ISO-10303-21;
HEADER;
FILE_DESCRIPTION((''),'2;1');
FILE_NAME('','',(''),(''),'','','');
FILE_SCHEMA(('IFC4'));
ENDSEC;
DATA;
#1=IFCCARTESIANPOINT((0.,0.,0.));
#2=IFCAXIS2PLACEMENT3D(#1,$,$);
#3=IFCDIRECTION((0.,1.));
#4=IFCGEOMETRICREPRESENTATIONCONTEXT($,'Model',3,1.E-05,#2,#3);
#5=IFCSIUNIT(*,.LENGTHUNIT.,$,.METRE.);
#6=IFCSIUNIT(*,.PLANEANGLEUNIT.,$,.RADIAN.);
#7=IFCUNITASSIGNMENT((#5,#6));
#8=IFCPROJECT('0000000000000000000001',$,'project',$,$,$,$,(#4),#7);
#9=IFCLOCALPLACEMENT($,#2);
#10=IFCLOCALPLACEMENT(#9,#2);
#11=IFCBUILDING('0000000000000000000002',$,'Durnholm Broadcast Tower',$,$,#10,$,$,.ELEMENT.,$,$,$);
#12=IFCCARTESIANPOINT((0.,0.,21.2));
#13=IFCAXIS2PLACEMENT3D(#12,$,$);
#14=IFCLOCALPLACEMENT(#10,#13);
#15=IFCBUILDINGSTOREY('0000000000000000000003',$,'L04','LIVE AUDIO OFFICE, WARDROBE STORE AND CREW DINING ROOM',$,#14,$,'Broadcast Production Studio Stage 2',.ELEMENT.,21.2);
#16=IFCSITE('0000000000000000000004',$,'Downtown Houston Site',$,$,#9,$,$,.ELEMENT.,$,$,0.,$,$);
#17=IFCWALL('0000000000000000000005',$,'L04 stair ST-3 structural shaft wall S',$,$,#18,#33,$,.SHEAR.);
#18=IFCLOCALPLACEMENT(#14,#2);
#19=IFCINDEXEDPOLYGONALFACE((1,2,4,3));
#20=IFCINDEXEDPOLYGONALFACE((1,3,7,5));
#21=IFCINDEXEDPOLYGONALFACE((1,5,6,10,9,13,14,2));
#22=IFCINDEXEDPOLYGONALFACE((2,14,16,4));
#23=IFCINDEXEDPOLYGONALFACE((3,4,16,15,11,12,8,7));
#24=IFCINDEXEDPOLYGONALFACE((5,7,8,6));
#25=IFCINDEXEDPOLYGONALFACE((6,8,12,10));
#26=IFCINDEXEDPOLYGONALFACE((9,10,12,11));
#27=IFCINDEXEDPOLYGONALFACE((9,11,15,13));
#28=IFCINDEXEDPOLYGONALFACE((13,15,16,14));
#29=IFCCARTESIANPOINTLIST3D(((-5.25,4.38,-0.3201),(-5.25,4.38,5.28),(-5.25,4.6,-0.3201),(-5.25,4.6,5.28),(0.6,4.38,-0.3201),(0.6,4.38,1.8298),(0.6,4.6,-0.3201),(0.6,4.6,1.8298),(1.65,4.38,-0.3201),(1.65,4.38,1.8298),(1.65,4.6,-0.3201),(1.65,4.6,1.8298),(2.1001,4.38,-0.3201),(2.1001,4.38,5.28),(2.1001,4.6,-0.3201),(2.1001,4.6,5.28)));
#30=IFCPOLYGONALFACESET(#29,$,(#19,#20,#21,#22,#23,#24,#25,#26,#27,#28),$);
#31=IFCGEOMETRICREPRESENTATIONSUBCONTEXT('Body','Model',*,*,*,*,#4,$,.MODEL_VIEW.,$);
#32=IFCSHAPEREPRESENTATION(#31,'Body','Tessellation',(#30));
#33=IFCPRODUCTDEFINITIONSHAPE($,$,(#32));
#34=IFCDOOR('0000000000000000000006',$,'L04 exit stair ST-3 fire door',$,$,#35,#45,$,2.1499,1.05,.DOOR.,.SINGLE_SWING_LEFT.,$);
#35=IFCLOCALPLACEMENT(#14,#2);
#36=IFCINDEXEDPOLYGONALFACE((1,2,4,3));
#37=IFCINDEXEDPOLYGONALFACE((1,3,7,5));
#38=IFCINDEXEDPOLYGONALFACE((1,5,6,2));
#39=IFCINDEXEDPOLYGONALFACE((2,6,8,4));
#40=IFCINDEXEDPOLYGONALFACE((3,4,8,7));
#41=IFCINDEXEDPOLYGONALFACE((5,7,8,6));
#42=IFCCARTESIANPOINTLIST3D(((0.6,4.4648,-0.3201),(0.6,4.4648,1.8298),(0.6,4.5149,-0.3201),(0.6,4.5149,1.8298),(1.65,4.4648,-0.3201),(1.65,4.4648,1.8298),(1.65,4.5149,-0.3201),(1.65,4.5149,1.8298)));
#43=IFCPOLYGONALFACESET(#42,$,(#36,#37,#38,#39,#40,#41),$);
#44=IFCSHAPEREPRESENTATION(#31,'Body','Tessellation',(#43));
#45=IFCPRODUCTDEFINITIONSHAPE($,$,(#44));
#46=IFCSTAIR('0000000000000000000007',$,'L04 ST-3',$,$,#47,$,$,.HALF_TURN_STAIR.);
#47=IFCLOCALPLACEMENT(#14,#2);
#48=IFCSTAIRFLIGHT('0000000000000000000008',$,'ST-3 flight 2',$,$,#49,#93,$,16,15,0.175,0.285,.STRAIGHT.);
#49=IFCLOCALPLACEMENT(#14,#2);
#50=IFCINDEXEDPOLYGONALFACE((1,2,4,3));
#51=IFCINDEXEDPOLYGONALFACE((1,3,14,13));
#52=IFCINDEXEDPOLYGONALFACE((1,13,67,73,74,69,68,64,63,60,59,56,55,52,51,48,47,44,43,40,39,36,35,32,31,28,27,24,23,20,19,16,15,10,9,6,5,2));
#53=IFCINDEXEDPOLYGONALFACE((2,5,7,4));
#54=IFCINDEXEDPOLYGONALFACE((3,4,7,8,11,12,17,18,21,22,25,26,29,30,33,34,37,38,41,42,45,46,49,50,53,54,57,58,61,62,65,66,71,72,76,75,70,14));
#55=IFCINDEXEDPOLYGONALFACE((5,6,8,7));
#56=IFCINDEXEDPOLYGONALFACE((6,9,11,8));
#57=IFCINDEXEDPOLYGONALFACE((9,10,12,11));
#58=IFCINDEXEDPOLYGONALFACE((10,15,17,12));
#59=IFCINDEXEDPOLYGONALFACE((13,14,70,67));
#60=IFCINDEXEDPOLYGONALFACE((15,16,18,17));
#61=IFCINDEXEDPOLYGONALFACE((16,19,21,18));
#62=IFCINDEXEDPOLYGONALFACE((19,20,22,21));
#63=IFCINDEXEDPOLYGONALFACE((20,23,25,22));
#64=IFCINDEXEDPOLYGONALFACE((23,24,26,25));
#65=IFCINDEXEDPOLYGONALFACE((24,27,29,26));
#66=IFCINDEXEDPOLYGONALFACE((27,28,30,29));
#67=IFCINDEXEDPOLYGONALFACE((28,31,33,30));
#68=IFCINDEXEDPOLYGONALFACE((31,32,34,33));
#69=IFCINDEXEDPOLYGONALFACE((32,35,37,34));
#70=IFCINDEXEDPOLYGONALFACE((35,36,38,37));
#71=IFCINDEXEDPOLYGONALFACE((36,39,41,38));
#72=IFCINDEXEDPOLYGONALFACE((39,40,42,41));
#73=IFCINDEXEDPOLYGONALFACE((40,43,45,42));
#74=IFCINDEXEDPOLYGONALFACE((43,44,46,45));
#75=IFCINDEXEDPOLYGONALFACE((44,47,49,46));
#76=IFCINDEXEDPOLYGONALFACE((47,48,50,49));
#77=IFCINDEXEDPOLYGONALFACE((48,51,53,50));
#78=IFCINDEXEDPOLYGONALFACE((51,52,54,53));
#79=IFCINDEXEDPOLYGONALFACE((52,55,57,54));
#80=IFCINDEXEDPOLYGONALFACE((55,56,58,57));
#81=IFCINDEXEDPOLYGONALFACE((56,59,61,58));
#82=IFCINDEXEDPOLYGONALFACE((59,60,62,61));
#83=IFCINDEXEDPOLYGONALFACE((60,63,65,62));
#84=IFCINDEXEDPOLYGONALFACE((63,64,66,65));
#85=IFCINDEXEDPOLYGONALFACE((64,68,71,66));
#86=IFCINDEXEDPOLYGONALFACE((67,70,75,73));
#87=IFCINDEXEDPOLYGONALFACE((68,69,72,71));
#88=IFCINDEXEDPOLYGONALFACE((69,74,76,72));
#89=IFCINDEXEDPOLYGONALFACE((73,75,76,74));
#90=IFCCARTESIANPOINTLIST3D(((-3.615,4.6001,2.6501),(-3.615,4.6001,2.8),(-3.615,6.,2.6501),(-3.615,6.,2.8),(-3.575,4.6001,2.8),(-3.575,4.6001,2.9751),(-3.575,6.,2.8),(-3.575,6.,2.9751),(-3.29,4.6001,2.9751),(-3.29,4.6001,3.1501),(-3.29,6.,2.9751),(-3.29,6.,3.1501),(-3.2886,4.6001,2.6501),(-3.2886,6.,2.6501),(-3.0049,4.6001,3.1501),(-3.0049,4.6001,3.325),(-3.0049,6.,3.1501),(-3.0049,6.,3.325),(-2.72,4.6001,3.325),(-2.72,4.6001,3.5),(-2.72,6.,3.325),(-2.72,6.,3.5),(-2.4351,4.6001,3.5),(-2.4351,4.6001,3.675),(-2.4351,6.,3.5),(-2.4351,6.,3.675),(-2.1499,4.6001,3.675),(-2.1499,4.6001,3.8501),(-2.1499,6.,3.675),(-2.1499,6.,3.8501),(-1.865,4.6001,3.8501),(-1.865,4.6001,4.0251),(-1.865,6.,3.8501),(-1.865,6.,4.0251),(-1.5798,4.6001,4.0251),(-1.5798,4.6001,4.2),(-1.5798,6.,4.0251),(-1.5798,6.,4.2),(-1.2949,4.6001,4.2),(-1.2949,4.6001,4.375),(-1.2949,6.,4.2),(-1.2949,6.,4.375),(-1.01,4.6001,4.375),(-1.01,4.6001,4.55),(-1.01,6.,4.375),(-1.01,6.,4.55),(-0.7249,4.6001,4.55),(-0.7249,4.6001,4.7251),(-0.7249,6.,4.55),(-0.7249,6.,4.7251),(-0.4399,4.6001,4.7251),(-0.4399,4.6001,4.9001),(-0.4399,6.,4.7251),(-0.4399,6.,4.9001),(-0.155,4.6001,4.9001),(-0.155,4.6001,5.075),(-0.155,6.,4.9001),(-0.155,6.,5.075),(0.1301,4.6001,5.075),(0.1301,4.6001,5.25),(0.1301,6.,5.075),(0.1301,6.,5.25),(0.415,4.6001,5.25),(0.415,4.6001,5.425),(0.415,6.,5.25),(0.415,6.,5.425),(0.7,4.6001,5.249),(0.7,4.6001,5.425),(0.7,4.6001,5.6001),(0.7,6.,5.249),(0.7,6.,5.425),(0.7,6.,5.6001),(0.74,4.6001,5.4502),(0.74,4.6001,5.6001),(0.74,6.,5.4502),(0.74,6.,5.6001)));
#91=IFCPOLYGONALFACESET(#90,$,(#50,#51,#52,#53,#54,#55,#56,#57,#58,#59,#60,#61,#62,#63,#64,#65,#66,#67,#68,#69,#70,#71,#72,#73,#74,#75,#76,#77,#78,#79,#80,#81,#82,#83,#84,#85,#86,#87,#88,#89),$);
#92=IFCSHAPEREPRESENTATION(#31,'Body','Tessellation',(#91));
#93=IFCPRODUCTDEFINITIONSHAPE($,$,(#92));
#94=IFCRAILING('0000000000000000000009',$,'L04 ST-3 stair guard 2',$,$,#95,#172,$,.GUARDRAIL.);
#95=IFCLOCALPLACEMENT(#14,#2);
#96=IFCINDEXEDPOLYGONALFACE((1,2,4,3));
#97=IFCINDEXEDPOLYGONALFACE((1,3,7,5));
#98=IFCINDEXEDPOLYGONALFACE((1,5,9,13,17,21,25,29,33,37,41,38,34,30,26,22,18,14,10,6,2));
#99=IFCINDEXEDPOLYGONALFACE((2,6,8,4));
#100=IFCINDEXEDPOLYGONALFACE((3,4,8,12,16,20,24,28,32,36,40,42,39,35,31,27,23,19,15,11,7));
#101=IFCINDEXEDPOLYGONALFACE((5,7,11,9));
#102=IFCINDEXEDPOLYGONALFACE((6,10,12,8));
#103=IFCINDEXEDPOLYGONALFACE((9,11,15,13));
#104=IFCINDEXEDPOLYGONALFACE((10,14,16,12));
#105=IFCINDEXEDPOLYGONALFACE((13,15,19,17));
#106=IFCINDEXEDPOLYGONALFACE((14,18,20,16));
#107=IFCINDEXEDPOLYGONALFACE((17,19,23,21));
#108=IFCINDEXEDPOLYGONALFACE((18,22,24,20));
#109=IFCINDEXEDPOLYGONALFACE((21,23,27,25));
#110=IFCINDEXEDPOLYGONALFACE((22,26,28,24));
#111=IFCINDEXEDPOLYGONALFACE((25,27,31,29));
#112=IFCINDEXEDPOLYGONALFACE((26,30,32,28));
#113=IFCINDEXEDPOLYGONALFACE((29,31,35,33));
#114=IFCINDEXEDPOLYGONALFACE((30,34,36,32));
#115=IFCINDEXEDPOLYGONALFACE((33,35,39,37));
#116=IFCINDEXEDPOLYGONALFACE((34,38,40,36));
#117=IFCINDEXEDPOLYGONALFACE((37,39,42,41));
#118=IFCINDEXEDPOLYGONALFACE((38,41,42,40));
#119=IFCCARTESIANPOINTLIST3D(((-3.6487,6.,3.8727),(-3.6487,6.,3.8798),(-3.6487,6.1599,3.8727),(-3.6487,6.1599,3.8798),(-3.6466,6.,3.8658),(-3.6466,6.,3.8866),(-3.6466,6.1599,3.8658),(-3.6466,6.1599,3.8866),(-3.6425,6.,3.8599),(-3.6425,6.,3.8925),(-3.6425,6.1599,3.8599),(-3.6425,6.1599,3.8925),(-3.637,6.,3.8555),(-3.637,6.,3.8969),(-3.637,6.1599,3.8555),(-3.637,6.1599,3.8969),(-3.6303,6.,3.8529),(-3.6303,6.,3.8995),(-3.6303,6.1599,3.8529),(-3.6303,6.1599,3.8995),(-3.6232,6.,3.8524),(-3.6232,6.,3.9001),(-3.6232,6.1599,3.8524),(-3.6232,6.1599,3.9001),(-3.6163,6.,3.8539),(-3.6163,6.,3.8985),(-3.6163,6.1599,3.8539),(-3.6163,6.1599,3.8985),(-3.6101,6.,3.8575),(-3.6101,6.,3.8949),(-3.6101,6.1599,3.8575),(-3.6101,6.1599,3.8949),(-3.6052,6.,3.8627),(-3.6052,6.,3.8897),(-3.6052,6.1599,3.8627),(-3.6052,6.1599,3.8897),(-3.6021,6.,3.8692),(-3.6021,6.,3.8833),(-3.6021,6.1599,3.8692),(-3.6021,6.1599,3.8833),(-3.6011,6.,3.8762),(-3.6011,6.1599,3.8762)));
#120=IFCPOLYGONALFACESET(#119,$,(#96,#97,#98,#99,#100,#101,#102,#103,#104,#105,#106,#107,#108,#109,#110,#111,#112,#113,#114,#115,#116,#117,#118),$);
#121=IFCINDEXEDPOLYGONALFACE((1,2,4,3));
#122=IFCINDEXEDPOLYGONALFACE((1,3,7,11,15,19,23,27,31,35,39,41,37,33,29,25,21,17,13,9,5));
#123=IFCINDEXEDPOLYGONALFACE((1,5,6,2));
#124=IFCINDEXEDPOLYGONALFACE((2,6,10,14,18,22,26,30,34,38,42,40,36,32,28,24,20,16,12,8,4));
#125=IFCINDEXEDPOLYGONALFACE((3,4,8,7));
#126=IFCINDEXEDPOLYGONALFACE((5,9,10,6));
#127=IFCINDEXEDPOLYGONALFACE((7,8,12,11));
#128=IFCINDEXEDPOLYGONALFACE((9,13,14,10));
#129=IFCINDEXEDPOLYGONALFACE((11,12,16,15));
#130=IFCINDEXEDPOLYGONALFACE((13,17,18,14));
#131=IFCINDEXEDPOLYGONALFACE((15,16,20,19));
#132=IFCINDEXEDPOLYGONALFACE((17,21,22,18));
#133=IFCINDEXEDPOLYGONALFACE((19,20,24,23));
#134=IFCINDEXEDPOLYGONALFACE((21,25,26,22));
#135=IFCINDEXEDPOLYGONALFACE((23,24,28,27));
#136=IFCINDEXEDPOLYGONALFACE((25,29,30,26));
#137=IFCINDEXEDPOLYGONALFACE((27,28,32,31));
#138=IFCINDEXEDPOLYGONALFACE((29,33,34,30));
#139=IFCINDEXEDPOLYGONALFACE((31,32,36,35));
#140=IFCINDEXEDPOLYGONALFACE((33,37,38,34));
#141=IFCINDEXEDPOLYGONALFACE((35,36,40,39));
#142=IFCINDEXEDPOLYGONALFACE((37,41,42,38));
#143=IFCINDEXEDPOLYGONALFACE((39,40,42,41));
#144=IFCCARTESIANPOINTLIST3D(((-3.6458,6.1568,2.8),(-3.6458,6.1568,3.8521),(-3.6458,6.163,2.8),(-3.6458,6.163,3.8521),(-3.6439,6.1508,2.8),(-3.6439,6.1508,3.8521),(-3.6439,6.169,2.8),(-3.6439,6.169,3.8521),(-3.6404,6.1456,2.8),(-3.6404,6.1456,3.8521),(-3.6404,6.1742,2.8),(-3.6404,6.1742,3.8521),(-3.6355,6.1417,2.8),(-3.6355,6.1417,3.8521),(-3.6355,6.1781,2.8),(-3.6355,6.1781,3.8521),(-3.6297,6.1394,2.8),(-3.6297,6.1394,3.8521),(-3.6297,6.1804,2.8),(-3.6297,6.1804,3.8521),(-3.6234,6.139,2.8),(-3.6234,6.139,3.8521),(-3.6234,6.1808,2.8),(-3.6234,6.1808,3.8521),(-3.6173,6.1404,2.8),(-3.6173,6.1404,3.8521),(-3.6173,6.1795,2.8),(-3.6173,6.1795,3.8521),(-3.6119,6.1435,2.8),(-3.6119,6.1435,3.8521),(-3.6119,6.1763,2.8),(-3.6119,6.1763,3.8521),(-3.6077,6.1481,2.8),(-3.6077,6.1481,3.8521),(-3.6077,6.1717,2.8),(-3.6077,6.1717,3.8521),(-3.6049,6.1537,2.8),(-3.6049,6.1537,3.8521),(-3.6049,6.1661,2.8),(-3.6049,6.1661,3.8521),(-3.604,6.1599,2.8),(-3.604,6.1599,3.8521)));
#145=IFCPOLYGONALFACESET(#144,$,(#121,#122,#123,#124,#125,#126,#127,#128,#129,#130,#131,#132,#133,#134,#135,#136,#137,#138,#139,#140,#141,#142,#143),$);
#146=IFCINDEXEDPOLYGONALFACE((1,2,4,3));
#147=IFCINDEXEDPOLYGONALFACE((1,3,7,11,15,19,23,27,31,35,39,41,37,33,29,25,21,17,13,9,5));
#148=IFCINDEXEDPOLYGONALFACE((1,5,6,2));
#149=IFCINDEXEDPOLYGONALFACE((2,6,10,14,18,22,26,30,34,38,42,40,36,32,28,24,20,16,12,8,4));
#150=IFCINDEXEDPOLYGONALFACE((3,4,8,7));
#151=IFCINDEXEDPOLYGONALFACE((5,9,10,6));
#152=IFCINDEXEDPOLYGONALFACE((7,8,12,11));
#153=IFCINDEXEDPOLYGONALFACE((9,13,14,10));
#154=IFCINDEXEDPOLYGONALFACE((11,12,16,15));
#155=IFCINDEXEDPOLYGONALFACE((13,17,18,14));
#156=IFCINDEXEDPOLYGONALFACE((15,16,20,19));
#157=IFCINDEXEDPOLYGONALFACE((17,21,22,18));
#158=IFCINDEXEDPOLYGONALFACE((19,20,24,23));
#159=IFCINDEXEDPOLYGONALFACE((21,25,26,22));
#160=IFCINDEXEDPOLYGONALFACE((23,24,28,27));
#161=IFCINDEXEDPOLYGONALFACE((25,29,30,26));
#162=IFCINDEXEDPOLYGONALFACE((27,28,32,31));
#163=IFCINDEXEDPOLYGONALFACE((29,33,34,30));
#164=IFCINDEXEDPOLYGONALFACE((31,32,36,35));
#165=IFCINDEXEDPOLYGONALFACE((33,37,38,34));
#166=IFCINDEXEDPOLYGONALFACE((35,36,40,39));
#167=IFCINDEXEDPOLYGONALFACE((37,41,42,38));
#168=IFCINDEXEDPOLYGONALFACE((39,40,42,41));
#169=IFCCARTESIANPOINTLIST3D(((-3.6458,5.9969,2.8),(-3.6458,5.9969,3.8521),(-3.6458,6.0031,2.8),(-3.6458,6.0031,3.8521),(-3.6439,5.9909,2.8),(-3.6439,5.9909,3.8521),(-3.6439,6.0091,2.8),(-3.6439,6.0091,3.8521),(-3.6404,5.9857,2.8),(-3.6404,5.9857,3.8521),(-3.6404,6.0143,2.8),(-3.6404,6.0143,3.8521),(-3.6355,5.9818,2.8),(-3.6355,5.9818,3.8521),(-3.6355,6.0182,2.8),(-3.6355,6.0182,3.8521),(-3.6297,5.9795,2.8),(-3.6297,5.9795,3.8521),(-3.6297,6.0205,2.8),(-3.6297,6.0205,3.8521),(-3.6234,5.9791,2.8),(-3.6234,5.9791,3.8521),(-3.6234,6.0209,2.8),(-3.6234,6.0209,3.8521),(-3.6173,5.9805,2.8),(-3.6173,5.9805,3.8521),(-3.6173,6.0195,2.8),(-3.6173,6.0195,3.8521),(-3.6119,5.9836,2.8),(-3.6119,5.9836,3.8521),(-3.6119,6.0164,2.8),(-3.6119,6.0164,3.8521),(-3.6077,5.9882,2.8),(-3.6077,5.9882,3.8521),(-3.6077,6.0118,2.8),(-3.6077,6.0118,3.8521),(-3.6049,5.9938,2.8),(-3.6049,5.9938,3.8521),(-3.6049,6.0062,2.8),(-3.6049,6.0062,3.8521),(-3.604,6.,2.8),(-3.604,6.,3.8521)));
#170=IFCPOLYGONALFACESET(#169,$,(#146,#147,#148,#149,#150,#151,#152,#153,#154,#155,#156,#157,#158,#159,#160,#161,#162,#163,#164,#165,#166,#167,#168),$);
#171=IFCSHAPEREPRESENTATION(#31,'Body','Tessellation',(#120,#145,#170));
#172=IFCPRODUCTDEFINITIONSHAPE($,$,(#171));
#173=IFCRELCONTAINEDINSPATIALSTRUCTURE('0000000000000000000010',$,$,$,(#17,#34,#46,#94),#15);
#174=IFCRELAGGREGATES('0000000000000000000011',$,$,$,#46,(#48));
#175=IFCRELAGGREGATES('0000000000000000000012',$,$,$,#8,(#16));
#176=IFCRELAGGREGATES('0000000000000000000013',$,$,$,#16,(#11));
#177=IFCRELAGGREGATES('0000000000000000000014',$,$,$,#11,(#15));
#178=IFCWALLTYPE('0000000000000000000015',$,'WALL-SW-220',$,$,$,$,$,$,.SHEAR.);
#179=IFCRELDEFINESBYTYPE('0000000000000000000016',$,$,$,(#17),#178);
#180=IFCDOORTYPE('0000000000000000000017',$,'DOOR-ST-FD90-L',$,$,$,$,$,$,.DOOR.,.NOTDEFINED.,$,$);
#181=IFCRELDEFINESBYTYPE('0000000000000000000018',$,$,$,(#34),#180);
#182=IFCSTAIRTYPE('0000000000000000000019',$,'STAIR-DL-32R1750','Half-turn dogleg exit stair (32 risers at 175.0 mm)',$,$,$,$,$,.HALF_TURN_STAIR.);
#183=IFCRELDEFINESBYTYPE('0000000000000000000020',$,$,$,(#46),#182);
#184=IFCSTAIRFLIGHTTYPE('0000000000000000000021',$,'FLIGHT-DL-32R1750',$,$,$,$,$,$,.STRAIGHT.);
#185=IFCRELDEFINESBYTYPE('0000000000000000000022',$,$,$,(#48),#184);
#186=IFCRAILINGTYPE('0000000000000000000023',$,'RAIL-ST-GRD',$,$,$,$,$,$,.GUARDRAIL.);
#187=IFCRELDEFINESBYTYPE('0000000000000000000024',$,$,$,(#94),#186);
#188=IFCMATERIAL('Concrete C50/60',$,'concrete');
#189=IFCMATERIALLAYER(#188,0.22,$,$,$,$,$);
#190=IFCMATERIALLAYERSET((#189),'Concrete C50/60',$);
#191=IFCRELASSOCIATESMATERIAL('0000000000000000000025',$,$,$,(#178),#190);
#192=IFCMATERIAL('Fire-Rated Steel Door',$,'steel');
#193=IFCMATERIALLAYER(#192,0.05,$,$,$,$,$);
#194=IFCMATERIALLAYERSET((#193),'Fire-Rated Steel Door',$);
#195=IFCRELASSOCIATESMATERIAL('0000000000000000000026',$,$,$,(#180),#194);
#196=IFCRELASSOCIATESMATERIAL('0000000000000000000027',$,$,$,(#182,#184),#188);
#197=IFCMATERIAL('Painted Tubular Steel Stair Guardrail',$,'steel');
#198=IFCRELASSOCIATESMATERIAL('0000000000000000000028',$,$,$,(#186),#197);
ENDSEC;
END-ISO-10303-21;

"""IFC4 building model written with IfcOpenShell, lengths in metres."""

from ifc_helpers import new_model, si_unit, direction, frame, frame_2d, origin, origin_2d, place, context, subcontext, project, spatial, polyline, rectangle, circle, outline, extrude, source, transform, mapped, material, layer, layer_set, type_object, type_shapes, element, fill, aggregate, save


model = new_model("IFC4")

# Units and contexts
model_context = context("Model", 3, precision=1e-05, world=origin(), true_north=direction((0.0, 1.0)))
body_context = subcontext(model_context, "Body", "Model", "MODEL_VIEW")
ifc_project = project(units=[si_unit("LENGTHUNIT", "METRE"), si_unit("PLANEANGLEUNIT", "RADIAN")], contexts=[model_context])

# Site, building, storey
site_placement = place(None, origin())
site = spatial("IfcSite", under=ifc_project, at=site_placement, Name="Downtown Houston Site", CompositionType="ELEMENT", RefElevation=0.0)
building_placement = place(site_placement, origin())
building = spatial("IfcBuilding", under=site, at=building_placement, Name="Durnholm Broadcast Tower", CompositionType="ELEMENT")
storey_placement = place(building_placement, frame((0.0, 0.0, 21.2)))
storey = spatial("IfcBuildingStorey", under=building, at=storey_placement, Name="L04", Description="LIVE AUDIO OFFICE, WARDROBE STORE AND CREW DINING ROOM", LongName="Broadcast Production Studio Stage 2", CompositionType="ELEMENT", Elevation=21.2)

# Shared definitions
ifc_material_1 = material(Name="Concrete C50/60", Category="concrete")
ifc_layer_1 = layer(ifc_material_1, 0.22)
ifc_layer_set_1 = layer_set([ifc_layer_1], Name="Concrete C50/60")
wall_type_1 = type_object("IfcWallType", Name="WALL-SW-220", PredefinedType="SHEAR", material=ifc_layer_set_1)

# Wall, opening, door
wall_1_placement = place(storey_placement, frame((-5.25, 4.49, -0.3201), z_axis=(0.0, 0.0, 1.0), x_axis=(1.0, 0.0, 0.0)))
wall_1 = element("IfcWall", 1, at=wall_1_placement, inside=storey, type_object=wall_type_1, Name="L04 stair ST-3 structural shaft wall S", PredefinedType="SHEAR", context=body_context, shape_type="SweptSolid", body=[
    extrude(rectangle(XDim=7.3501, YDim=0.22, at=frame_2d((3.675, 0.0))), origin(), (0.0, 0.0, 1.0), 5.6001),
])
opening_1_placement = place(wall_1_placement, frame((5.8501, 0.0, 0.0)))
opening_1 = element("IfcOpeningElement", 2, at=opening_1_placement, cuts=wall_1, PredefinedType="OPENING", context=body_context, shape_type="SweptSolid", body=[
    extrude(rectangle(XDim=1.05, YDim=2.1499, at=frame_2d((0.5249, 1.075))), frame((0.0, 0.1201, 0.0), z_axis=(0.0, -1.0, 0.0), x_axis=(1.0, 0.0, 0.0)), (0.0, 0.0, 1.0), 0.24),
])
ifc_material_2 = material(Name="Fire-Rated Steel Door", Category="steel")
ifc_layer_2 = layer(ifc_material_2, 0.05)
ifc_layer_set_2 = layer_set([ifc_layer_2], Name="Fire-Rated Steel Door")
door_type_1 = type_object("IfcDoorType", Name="DOOR-ST-FD90-L", OperationType="NOTDEFINED", PredefinedType="DOOR", material=ifc_layer_set_2)
shared_shape_1 = source(origin(), body_context, "Body", "SweptSolid", [
    extrude(rectangle(XDim=1.05, YDim=2.1499, at=frame_2d((0.5249, 1.075))), frame((0.0, 0.0249, 0.0), z_axis=(0.0, -1.0, 0.0), x_axis=(1.0, 0.0, 0.0)), (0.0, 0.0, 1.0), 0.05),
])
type_shapes(door_type_1, [shared_shape_1])
door_1_placement = place(opening_1_placement, origin())
door_1 = element("IfcDoor", 3, at=door_1_placement, inside=storey, type_object=door_type_1, Name="L04 exit stair ST-3 fire door", OperationType="SINGLE_SWING_LEFT", OverallHeight=2.1499, OverallWidth=1.05, PredefinedType="DOOR", context=body_context, shape_type="MappedRepresentation", body=[
    mapped(shared_shape_1, transform((0.0, 0.0, 0.0), x_axis=(1.0, 0.0, 0.0), y_axis=(0.0, 1.0, 0.0), z_axis=(0.0, 0.0, 1.0), scale=1.0)),
])
fill(opening_1, door_1)

# Stair, stair flight
stair_type = type_object("IfcStairType", Name="STAIR-DL-32R1750", Description="Half-turn dogleg exit stair (32 risers at 175.0 mm)", PredefinedType="HALF_TURN_STAIR", material=ifc_material_1)
stair_placement = place(storey_placement, origin())
stair = element("IfcStair", 4, at=stair_placement, inside=storey, type_object=stair_type, Name="L04 ST-3", PredefinedType="HALF_TURN_STAIR")
stair_flight_type = type_object("IfcStairFlightType", Name="FLIGHT-DL-32R1750", PredefinedType="STRAIGHT", material=ifc_material_1)
stair_flight_placement = place(storey_placement, frame((-3.575, 5.3, 2.8), z_axis=(0.0, 0.0, 1.0), x_axis=(1.0, 0.0, 0.0)))
stair_flight = element("IfcStairFlight", 5, at=stair_flight_placement, type_object=stair_flight_type, Name="ST-3 flight 2", NumberOfRisers=16, NumberOfTreads=15, PredefinedType="STRAIGHT", RiserHeight=0.175, TreadLength=0.285, context=body_context, shape_type="SweptSolid", body=[
    extrude(outline(polyline([(-0.04, -0.1499), (-0.04, 0.0), (0.0, 0.0), (0.0, 0.175), (0.2849, 0.175), (0.2849, 0.3501), (0.5701, 0.3501), (0.5701, 0.5249), (0.855, 0.5249), (0.855, 0.7), (1.1399, 0.7), (1.1399, 0.875), (1.425, 0.875), (1.425, 1.05), (1.71, 1.05), (1.71, 1.2251), (1.9951, 1.2251), (1.9951, 1.3999), (2.28, 1.3999), (2.28, 1.575), (2.5649, 1.575), (2.5649, 1.75), (2.8501, 1.75), (2.8501, 1.925), (3.135, 1.925), (3.135, 2.1001), (3.4199, 2.1001), (3.4199, 2.2749), (3.7051, 2.2749), (3.7051, 2.45), (3.99, 2.45), (3.99, 2.625), (4.2749, 2.625), (4.2749, 2.8), (4.3149, 2.8), (4.3149, 2.6501), (4.2749, 2.449), (0.2864, -0.1499), (-0.04, -0.1499)])), frame((0.0, 0.7, 0.0), z_axis=(0.0, -1.0, 0.0), x_axis=(1.0, 0.0, 0.0)), (0.0, 0.0, 1.0), 1.3999),
])
aggregate(stair, [stair_flight])

# Railing
ifc_material_3 = material(Name="Painted Tubular Steel Stair Guardrail", Category="steel")
railing_type_1 = type_object("IfcRailingType", Name="RAIL-ST-GRD", PredefinedType="GUARDRAIL", material=ifc_material_3)
railing_1_placement = place(storey_placement, frame((-3.625, 6.1599, 2.8)))
element("IfcRailing", 6, at=railing_1_placement, inside=storey, type_object=railing_type_1, Name="L04 ST-3 stair guard 2", PredefinedType="GUARDRAIL", context=body_context, shape_type="SweptSolid", body=[
    extrude(circle(Radius=0.0239, at=origin_2d()), frame((0.0, 0.0, 1.0762), z_axis=(0.0, -1.0, 0.0), x_axis=(1.0, 0.0, 0.0)), (0.0, 0.0, 1.0), 0.1599),
    extrude(circle(Radius=0.021, at=origin_2d()), origin(), (0.0, 0.0, 1.0), 1.052),
    extrude(circle(Radius=0.021, at=origin_2d()), frame((0.0, -0.1599, 0.0)), (0.0, 0.0, 1.0), 1.052),
])

save(model, "model.ifc")
